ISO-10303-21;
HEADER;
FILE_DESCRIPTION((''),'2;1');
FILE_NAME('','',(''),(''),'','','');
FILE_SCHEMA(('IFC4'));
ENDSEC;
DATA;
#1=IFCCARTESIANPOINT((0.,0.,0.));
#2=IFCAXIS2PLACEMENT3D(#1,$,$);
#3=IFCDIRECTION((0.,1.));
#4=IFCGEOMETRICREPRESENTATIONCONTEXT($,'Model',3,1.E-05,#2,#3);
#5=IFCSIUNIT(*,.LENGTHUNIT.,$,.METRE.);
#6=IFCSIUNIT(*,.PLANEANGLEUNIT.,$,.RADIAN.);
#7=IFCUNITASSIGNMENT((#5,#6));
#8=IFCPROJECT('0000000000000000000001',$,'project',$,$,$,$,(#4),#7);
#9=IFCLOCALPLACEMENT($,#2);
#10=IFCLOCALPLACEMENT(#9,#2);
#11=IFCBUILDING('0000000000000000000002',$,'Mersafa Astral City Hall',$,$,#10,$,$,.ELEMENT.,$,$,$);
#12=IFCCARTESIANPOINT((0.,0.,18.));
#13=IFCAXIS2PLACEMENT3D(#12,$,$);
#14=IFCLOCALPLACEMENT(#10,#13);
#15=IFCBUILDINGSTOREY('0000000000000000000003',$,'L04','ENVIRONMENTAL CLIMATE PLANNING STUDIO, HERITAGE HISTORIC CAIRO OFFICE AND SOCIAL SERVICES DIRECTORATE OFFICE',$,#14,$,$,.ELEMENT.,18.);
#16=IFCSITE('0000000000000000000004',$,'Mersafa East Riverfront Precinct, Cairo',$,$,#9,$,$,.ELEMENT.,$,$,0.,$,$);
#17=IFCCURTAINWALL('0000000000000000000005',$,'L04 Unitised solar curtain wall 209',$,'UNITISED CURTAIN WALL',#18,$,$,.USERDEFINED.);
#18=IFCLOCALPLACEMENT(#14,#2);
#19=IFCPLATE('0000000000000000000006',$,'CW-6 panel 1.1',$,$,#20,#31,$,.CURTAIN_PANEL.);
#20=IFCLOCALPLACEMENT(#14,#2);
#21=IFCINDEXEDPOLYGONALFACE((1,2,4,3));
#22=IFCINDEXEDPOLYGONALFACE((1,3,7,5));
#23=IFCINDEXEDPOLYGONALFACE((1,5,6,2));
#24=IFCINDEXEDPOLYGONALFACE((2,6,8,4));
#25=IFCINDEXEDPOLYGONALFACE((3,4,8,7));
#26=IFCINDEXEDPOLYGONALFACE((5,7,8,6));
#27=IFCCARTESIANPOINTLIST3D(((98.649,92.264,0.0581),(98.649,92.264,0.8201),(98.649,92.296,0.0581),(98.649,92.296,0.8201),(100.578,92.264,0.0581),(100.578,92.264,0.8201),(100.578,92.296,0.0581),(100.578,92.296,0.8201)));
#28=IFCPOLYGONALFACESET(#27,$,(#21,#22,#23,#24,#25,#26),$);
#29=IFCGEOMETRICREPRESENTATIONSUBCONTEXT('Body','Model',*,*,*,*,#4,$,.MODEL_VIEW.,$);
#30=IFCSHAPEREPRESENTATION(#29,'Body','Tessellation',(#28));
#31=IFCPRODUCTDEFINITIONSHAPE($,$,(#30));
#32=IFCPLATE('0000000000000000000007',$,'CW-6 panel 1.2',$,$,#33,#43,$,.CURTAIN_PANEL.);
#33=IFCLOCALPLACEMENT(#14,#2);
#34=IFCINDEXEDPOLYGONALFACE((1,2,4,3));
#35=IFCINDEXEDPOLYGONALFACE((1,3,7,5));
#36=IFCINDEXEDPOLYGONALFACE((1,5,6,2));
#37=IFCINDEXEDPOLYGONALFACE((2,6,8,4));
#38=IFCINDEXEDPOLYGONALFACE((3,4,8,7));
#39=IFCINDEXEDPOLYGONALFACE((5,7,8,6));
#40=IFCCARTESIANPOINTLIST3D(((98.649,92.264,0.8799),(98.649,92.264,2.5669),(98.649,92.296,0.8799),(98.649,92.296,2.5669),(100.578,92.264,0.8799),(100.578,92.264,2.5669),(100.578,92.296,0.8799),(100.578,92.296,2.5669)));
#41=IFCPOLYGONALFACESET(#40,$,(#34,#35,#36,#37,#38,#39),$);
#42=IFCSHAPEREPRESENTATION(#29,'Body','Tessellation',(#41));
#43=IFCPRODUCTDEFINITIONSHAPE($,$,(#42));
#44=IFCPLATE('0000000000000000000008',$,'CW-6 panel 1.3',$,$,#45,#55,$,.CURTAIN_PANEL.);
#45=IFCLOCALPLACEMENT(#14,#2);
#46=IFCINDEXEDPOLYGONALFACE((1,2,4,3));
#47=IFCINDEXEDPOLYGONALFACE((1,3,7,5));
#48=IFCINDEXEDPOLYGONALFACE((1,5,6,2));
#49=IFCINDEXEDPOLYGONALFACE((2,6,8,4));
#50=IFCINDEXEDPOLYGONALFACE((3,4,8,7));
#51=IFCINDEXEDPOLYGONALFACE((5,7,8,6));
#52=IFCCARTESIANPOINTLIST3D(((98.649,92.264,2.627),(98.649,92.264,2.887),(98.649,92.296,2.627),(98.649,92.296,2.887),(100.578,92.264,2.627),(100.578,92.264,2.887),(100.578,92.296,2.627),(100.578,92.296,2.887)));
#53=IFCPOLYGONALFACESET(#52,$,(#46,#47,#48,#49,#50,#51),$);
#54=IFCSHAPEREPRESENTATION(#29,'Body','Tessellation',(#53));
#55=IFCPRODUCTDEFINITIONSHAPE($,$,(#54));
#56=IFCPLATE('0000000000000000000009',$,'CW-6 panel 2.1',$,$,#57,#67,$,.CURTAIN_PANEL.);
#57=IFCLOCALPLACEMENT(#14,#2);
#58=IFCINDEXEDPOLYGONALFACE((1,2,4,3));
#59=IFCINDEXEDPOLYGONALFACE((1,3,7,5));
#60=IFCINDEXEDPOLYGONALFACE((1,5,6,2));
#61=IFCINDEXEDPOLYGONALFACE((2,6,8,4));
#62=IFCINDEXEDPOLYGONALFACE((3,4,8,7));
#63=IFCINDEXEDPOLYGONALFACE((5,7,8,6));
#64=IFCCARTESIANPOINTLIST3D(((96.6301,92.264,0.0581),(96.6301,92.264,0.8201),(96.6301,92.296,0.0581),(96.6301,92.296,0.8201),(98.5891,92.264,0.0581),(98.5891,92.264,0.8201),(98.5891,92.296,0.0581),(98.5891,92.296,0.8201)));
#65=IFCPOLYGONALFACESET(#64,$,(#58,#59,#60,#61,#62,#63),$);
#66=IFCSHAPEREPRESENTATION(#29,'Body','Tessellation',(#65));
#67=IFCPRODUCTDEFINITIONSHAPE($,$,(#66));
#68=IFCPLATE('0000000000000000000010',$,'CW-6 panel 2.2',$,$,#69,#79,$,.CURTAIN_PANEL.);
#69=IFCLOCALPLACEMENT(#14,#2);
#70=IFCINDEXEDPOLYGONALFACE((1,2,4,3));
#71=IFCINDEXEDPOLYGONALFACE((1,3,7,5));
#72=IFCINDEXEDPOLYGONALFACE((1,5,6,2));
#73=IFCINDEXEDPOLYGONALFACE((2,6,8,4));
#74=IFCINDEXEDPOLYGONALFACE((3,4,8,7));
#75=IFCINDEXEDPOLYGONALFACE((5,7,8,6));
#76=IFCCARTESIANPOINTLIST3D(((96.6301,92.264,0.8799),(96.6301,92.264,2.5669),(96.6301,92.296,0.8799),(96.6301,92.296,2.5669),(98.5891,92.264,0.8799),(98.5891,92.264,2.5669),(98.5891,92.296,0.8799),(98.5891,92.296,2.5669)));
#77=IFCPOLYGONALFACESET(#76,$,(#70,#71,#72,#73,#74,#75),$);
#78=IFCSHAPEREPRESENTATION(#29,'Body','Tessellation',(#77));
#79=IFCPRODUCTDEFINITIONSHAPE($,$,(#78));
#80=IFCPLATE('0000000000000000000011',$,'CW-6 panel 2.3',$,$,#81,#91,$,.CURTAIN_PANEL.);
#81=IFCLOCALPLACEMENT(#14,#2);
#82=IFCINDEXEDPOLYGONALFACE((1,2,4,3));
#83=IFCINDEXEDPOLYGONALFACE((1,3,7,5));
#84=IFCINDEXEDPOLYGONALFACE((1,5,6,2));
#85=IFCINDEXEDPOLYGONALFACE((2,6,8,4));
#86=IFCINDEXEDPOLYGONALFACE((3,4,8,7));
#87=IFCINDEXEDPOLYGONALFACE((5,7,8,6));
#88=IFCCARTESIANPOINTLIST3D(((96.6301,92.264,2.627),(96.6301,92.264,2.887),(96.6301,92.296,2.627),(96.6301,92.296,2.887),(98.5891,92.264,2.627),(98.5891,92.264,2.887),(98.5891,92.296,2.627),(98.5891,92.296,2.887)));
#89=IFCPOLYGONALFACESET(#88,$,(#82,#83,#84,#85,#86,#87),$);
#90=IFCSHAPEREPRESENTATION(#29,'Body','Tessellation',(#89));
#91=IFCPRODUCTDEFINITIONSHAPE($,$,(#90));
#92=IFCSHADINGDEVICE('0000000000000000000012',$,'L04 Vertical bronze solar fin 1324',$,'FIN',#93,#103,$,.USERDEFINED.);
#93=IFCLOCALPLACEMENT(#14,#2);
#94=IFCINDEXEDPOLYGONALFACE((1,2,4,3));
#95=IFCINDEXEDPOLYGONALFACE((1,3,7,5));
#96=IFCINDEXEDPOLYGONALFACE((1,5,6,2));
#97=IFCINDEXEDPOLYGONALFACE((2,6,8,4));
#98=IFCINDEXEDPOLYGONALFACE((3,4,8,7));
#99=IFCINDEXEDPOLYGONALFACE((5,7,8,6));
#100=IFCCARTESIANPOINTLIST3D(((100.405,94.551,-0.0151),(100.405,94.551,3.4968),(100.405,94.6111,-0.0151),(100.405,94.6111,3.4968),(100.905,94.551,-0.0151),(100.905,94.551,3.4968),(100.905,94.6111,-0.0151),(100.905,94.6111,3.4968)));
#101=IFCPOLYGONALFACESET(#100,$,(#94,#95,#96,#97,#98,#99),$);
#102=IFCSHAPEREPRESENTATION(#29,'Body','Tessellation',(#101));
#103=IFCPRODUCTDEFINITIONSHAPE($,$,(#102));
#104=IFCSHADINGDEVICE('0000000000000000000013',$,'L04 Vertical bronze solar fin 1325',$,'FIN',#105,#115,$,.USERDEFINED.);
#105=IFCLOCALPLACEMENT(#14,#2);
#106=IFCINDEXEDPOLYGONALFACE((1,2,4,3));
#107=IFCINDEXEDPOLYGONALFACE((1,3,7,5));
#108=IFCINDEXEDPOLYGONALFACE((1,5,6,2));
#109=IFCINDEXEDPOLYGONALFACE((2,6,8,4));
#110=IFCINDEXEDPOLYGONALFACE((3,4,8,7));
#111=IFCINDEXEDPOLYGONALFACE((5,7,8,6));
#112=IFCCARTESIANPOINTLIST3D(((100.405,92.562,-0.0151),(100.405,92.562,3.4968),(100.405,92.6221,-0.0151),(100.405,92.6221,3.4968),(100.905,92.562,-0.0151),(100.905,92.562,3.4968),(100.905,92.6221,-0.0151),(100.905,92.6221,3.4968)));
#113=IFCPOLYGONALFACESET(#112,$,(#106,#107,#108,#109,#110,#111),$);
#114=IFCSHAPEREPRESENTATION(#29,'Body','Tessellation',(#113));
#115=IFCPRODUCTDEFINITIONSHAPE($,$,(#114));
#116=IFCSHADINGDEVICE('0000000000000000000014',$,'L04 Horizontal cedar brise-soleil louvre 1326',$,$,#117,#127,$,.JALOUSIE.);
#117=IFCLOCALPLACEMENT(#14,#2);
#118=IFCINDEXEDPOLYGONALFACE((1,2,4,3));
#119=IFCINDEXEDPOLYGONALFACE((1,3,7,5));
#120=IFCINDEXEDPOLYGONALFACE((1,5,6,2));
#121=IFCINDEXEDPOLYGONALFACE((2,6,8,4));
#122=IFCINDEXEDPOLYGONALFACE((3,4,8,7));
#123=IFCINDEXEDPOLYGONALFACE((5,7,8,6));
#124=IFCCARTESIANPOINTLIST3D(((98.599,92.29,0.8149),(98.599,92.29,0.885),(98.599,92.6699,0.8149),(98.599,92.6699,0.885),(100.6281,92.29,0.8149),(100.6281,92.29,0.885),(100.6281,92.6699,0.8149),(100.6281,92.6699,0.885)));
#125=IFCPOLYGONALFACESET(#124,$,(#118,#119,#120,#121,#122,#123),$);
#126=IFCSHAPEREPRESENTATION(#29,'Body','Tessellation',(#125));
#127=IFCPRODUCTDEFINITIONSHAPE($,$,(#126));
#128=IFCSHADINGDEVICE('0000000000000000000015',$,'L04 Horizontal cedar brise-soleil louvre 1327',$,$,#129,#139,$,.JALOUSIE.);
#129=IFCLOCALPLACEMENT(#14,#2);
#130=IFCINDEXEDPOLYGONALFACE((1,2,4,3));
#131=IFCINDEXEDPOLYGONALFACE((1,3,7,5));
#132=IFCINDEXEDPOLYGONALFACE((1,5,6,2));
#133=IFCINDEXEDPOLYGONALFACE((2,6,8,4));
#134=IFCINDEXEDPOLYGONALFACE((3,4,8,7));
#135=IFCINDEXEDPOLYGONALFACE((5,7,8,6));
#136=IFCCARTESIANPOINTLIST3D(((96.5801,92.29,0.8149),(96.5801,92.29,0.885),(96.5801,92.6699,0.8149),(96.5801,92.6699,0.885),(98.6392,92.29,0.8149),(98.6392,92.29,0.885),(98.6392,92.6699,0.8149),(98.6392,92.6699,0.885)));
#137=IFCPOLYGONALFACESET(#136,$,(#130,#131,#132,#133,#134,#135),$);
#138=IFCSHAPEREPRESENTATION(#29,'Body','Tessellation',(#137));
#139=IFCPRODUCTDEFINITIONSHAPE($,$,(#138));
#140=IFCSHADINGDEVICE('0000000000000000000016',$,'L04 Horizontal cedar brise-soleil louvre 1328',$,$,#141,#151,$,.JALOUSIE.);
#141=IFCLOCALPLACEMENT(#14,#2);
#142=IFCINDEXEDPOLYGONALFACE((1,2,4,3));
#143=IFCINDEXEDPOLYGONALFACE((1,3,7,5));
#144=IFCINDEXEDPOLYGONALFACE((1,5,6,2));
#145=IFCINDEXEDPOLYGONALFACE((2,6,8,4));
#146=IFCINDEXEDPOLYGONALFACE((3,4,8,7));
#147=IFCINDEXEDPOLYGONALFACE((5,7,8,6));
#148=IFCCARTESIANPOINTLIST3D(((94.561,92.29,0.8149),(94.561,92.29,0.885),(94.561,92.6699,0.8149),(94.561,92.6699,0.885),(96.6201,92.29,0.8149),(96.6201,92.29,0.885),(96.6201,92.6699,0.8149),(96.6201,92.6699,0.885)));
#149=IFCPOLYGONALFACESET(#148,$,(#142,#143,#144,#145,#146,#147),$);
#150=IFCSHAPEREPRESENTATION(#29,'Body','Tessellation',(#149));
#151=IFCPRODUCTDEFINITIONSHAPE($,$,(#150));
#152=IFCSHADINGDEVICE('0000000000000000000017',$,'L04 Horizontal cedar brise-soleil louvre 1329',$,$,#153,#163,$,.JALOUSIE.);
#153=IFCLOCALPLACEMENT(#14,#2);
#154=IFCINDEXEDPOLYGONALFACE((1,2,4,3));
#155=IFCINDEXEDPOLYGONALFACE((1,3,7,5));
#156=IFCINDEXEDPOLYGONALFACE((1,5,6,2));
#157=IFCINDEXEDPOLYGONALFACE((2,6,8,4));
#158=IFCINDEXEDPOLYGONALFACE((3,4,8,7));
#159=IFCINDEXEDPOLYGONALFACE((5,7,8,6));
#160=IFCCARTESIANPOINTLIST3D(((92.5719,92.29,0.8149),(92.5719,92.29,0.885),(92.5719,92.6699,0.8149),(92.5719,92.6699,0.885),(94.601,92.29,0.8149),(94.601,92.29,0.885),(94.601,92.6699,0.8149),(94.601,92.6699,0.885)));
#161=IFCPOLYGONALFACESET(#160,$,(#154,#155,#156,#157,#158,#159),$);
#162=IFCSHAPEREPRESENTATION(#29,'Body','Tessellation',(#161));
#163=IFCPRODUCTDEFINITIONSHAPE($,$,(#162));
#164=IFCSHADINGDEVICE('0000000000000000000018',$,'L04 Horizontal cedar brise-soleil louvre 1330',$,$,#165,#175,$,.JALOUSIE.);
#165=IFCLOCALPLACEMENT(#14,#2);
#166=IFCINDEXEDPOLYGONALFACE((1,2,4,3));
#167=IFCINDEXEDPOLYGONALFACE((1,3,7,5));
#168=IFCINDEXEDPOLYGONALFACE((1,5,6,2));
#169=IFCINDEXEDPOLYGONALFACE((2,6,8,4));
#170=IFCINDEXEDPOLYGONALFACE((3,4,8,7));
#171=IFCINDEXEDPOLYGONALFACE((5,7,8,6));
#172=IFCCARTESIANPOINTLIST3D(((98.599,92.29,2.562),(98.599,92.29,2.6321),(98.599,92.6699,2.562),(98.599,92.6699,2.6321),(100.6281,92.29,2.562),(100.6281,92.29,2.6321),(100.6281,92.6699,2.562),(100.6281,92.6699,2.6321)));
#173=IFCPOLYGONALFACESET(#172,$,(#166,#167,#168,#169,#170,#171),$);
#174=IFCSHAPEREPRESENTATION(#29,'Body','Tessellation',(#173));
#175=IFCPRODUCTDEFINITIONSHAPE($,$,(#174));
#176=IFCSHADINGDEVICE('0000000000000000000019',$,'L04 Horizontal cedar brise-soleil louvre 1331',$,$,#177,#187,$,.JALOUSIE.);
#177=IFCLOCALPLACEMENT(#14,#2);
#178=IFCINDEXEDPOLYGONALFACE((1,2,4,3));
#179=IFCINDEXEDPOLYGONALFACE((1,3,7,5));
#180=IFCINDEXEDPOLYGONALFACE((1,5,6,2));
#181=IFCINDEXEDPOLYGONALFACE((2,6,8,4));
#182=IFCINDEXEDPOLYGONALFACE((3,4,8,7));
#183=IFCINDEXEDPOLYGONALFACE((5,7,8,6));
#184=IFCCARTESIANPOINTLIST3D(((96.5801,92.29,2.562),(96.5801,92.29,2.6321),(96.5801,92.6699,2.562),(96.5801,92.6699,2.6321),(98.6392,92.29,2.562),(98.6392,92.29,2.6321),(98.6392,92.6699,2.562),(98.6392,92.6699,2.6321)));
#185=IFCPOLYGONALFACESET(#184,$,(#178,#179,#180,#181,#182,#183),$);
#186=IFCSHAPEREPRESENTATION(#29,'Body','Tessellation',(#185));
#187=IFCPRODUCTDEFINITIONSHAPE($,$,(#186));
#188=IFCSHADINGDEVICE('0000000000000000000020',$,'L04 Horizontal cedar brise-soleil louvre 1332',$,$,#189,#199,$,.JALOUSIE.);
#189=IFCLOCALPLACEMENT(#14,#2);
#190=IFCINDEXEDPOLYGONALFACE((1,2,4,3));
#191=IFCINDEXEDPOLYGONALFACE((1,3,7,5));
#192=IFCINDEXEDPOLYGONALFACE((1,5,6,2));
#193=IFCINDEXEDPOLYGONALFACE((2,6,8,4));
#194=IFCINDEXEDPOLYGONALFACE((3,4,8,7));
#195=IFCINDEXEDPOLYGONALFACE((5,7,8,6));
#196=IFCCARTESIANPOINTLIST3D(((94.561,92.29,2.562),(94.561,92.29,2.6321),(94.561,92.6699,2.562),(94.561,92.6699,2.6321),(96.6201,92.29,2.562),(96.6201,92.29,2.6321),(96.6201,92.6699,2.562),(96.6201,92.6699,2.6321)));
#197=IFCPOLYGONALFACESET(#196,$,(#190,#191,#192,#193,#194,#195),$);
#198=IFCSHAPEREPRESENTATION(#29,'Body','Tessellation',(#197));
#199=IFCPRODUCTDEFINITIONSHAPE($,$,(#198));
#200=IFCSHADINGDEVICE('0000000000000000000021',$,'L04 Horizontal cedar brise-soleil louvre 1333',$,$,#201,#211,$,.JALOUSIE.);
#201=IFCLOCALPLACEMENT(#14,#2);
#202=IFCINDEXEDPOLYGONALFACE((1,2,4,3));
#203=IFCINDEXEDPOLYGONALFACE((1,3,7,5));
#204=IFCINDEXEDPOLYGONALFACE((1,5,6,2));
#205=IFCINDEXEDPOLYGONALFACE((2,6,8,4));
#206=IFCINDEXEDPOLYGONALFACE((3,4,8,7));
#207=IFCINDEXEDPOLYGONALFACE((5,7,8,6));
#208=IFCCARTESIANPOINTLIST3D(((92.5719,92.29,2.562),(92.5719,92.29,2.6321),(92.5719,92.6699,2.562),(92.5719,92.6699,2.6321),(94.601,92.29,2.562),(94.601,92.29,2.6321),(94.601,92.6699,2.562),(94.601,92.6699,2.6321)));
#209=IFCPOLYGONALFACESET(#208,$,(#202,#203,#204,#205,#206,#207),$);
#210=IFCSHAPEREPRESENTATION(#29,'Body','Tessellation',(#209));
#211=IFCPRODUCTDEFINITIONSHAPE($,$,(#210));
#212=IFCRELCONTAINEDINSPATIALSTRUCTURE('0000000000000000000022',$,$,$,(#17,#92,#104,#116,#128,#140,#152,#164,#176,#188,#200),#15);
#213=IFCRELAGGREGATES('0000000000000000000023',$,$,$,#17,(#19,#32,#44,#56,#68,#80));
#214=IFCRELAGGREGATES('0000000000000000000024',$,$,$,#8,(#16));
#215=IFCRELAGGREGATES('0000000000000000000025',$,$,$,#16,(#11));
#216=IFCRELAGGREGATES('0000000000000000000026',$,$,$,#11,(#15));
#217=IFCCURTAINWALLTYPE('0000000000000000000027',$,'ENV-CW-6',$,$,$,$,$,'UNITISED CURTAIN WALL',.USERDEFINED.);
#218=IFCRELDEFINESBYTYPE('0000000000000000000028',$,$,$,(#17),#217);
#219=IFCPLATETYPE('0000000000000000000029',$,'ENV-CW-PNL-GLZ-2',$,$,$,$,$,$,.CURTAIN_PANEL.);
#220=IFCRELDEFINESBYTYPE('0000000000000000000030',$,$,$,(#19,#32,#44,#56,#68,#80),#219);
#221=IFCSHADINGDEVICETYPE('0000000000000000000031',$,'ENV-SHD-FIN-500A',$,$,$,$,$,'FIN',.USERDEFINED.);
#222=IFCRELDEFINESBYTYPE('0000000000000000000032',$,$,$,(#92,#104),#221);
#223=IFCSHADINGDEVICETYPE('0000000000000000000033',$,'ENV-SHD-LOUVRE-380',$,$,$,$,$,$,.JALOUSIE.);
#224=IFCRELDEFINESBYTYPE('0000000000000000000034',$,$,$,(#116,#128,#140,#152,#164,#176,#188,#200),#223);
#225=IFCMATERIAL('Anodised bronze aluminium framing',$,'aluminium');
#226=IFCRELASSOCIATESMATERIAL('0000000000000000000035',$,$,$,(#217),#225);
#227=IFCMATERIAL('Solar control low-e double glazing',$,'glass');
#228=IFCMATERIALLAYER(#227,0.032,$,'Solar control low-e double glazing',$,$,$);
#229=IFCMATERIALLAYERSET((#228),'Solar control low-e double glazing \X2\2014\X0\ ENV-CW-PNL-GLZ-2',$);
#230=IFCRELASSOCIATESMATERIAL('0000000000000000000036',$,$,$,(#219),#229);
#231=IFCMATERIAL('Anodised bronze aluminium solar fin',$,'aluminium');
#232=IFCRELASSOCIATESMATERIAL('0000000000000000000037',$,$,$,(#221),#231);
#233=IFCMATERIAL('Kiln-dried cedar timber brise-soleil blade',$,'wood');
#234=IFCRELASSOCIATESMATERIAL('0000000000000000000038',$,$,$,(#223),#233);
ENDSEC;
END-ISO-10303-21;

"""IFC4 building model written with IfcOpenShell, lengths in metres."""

from ifc_helpers import new_model, si_unit, direction, frame, origin, origin_2d, place, context, subcontext, project, spatial, rectangle, extrude, material, layer, layer_set, type_object, element, aggregate, save


model = new_model("IFC4")

# Units and contexts
model_context = context("Model", 3, precision=1e-05, world=origin(), true_north=direction((0.0, 1.0)))
body_context = subcontext(model_context, "Body", "Model", "MODEL_VIEW")
ifc_project = project(units=[si_unit("LENGTHUNIT", "METRE"), si_unit("PLANEANGLEUNIT", "RADIAN")], contexts=[model_context])

# Site, building, storey
site_placement = place(None, origin())
site = spatial("IfcSite", under=ifc_project, at=site_placement, Name="Mersafa East Riverfront Precinct, Cairo", CompositionType="ELEMENT", RefElevation=0.0)
building_placement = place(site_placement, origin())
building = spatial("IfcBuilding", under=site, at=building_placement, Name="Mersafa Astral City Hall", CompositionType="ELEMENT")
storey_placement = place(building_placement, frame((0.0, 0.0, 18.0)))
storey = spatial("IfcBuildingStorey", under=building, at=storey_placement, Name="L04", Description="ENVIRONMENTAL CLIMATE PLANNING STUDIO, HERITAGE HISTORIC CAIRO OFFICE AND SOCIAL SERVICES DIRECTORATE OFFICE", CompositionType="ELEMENT", Elevation=18.0)

# Curtain wall
ifc_material_1 = material(Name="Anodised bronze aluminium framing", Category="aluminium")
curtain_wall_type = type_object("IfcCurtainWallType", Name="ENV-CW-6", ElementType="UNITISED CURTAIN WALL", PredefinedType="USERDEFINED", material=ifc_material_1)
curtain_wall_placement = place(storey_placement, origin())
curtain_wall = element("IfcCurtainWall", 1, at=curtain_wall_placement, inside=storey, type_object=curtain_wall_type, Name="L04 Unitised solar curtain wall 209", ObjectType="UNITISED CURTAIN WALL", PredefinedType="USERDEFINED")

# Plates
ifc_material_2 = material(Name="Solar control low-e double glazing", Category="glass")
ifc_layer = layer(ifc_material_2, 0.032, Name="Solar control low-e double glazing")
ifc_layer_set = layer_set([ifc_layer], Name="Solar control low-e double glazing — ENV-CW-PNL-GLZ-2")
plate_type = type_object("IfcPlateType", Name="ENV-CW-PNL-GLZ-2", PredefinedType="CURTAIN_PANEL", material=ifc_layer_set)
plate_1_placement = place(storey_placement, frame((99.6135, 92.28, 0.0581), z_axis=(0.0, 0.0, 1.0), x_axis=(-1.0, 0.0, 0.0)))
plate_1 = element("IfcPlate", 2, at=plate_1_placement, type_object=plate_type, Name="CW-6 panel 1.1", PredefinedType="CURTAIN_PANEL", context=body_context, shape_type="SweptSolid", body=[
    extrude(rectangle(XDim=1.929, YDim=0.032, at=origin_2d()), origin(), (0.0, 0.0, 1.0), 0.762),
])
plate_2_placement = place(storey_placement, frame((99.6135, 92.28, 0.8799), z_axis=(0.0, 0.0, 1.0), x_axis=(-1.0, 0.0, 0.0)))
plate_2 = element("IfcPlate", 3, at=plate_2_placement, type_object=plate_type, Name="CW-6 panel 1.2", PredefinedType="CURTAIN_PANEL", context=body_context, shape_type="SweptSolid", body=[
    extrude(rectangle(XDim=1.929, YDim=0.032, at=origin_2d()), origin(), (0.0, 0.0, 1.0), 1.687),
])
plate_3_placement = place(storey_placement, frame((99.6135, 92.28, 2.627), z_axis=(0.0, 0.0, 1.0), x_axis=(-1.0, 0.0, 0.0)))
plate_3 = element("IfcPlate", 4, at=plate_3_placement, type_object=plate_type, Name="CW-6 panel 1.3", PredefinedType="CURTAIN_PANEL", context=body_context, shape_type="SweptSolid", body=[
    extrude(rectangle(XDim=1.929, YDim=0.032, at=origin_2d()), origin(), (0.0, 0.0, 1.0), 0.26),
])
plate_4_placement = place(storey_placement, frame((97.6096, 92.28, 0.0581), z_axis=(0.0, 0.0, 1.0), x_axis=(-1.0, 0.0, 0.0)))
plate_4 = element("IfcPlate", 5, at=plate_4_placement, type_object=plate_type, Name="CW-6 panel 2.1", PredefinedType="CURTAIN_PANEL", context=body_context, shape_type="SweptSolid", body=[
    extrude(rectangle(XDim=1.959, YDim=0.032, at=origin_2d()), origin(), (0.0, 0.0, 1.0), 0.762),
])
plate_5_placement = place(storey_placement, frame((97.6096, 92.28, 0.8799), z_axis=(0.0, 0.0, 1.0), x_axis=(-1.0, 0.0, 0.0)))
plate_5 = element("IfcPlate", 6, at=plate_5_placement, type_object=plate_type, Name="CW-6 panel 2.2", PredefinedType="CURTAIN_PANEL", context=body_context, shape_type="SweptSolid", body=[
    extrude(rectangle(XDim=1.959, YDim=0.032, at=origin_2d()), origin(), (0.0, 0.0, 1.0), 1.687),
])
plate_6_placement = place(storey_placement, frame((97.6096, 92.28, 2.627), z_axis=(0.0, 0.0, 1.0), x_axis=(-1.0, 0.0, 0.0)))
plate_6 = element("IfcPlate", 7, at=plate_6_placement, type_object=plate_type, Name="CW-6 panel 2.3", PredefinedType="CURTAIN_PANEL", context=body_context, shape_type="SweptSolid", body=[
    extrude(rectangle(XDim=1.959, YDim=0.032, at=origin_2d()), origin(), (0.0, 0.0, 1.0), 0.26),
])
aggregate(curtain_wall, [plate_1, plate_2, plate_3, plate_4, plate_5, plate_6])

# Shading devices
ifc_material_3 = material(Name="Anodised bronze aluminium solar fin", Category="aluminium")
shading_device_type_1 = type_object("IfcShadingDeviceType", Name="ENV-SHD-FIN-500A", ElementType="FIN", PredefinedType="USERDEFINED", material=ifc_material_3)
for number, where, z_axis, x_axis, name in (
    (8, (100.655, 94.5811, -0.0151), (0.0, 0.0, 1.0), (0.0, -1.0, 0.0), "L04 Vertical bronze solar fin 1324"),
    (9, (100.655, 92.592, -0.0151), (0.0, 0.0, 1.0), (0.0, -1.0, 0.0), "L04 Vertical bronze solar fin 1325"),
):
    element("IfcShadingDevice", number, at=place(storey_placement, frame(where, z_axis=z_axis, x_axis=x_axis)), inside=storey, type_object=shading_device_type_1, Name=name, ObjectType="FIN", PredefinedType="USERDEFINED", context=body_context, shape_type="SweptSolid", body=[
        extrude(rectangle(XDim=0.0601, YDim=0.5, at=origin_2d()), origin(), (0.0, 0.0, 1.0), 3.512),
    ])
ifc_material_4 = material(Name="Kiln-dried cedar timber brise-soleil blade", Category="wood")
shading_device_type_2 = type_object("IfcShadingDeviceType", Name="ENV-SHD-LOUVRE-380", PredefinedType="JALOUSIE", material=ifc_material_4)
shading_device_1_placement = place(storey_placement, frame((99.6135, 92.48, 0.8149), z_axis=(0.0, 0.0, 1.0), x_axis=(-1.0, 0.0, 0.0)))
element("IfcShadingDevice", 10, at=shading_device_1_placement, inside=storey, type_object=shading_device_type_2, Name="L04 Horizontal cedar brise-soleil louvre 1326", PredefinedType="JALOUSIE", context=body_context, shape_type="SweptSolid", body=[
    extrude(rectangle(XDim=2.0291, YDim=0.3799, at=origin_2d()), origin(), (0.0, 0.0, 1.0), 0.0701),
])
for number, where, z_axis, x_axis, name in (
    (11, (97.6096, 92.48, 0.8149), (0.0, 0.0, 1.0), (-1.0, 0.0, 0.0), "L04 Horizontal cedar brise-soleil louvre 1327"),
    (12, (95.5906, 92.48, 0.8149), (0.0, 0.0, 1.0), (-1.0, 0.0, 0.0), "L04 Horizontal cedar brise-soleil louvre 1328"),
):
    element("IfcShadingDevice", number, at=place(storey_placement, frame(where, z_axis=z_axis, x_axis=x_axis)), inside=storey, type_object=shading_device_type_2, Name=name, PredefinedType="JALOUSIE", context=body_context, shape_type="SweptSolid", body=[
        extrude(rectangle(XDim=2.0591, YDim=0.3799, at=origin_2d()), origin(), (0.0, 0.0, 1.0), 0.0701),
    ])
for number, where, z_axis, x_axis, name in (
    (13, (93.5864, 92.48, 0.8149), (0.0, 0.0, 1.0), (-1.0, 0.0, 0.0), "L04 Horizontal cedar brise-soleil louvre 1329"),
    (14, (99.6135, 92.48, 2.562), (0.0, 0.0, 1.0), (-1.0, 0.0, 0.0), "L04 Horizontal cedar brise-soleil louvre 1330"),
):
    element("IfcShadingDevice", number, at=place(storey_placement, frame(where, z_axis=z_axis, x_axis=x_axis)), inside=storey, type_object=shading_device_type_2, Name=name, PredefinedType="JALOUSIE", context=body_context, shape_type="SweptSolid", body=[
        extrude(rectangle(XDim=2.0291, YDim=0.3799, at=origin_2d()), origin(), (0.0, 0.0, 1.0), 0.0701),
    ])
for number, where, z_axis, x_axis, name in (
    (15, (97.6096, 92.48, 2.562), (0.0, 0.0, 1.0), (-1.0, 0.0, 0.0), "L04 Horizontal cedar brise-soleil louvre 1331"),
    (16, (95.5906, 92.48, 2.562), (0.0, 0.0, 1.0), (-1.0, 0.0, 0.0), "L04 Horizontal cedar brise-soleil louvre 1332"),
):
    element("IfcShadingDevice", number, at=place(storey_placement, frame(where, z_axis=z_axis, x_axis=x_axis)), inside=storey, type_object=shading_device_type_2, Name=name, PredefinedType="JALOUSIE", context=body_context, shape_type="SweptSolid", body=[
        extrude(rectangle(XDim=2.0591, YDim=0.3799, at=origin_2d()), origin(), (0.0, 0.0, 1.0), 0.0701),
    ])
shading_device_2_placement = place(storey_placement, frame((93.5864, 92.48, 2.562), z_axis=(0.0, 0.0, 1.0), x_axis=(-1.0, 0.0, 0.0)))
element("IfcShadingDevice", 17, at=shading_device_2_placement, inside=storey, type_object=shading_device_type_2, Name="L04 Horizontal cedar brise-soleil louvre 1333", PredefinedType="JALOUSIE", context=body_context, shape_type="SweptSolid", body=[
    extrude(rectangle(XDim=2.0291, YDim=0.3799, at=origin_2d()), origin(), (0.0, 0.0, 1.0), 0.0701),
])

save(model, "model.ifc")
